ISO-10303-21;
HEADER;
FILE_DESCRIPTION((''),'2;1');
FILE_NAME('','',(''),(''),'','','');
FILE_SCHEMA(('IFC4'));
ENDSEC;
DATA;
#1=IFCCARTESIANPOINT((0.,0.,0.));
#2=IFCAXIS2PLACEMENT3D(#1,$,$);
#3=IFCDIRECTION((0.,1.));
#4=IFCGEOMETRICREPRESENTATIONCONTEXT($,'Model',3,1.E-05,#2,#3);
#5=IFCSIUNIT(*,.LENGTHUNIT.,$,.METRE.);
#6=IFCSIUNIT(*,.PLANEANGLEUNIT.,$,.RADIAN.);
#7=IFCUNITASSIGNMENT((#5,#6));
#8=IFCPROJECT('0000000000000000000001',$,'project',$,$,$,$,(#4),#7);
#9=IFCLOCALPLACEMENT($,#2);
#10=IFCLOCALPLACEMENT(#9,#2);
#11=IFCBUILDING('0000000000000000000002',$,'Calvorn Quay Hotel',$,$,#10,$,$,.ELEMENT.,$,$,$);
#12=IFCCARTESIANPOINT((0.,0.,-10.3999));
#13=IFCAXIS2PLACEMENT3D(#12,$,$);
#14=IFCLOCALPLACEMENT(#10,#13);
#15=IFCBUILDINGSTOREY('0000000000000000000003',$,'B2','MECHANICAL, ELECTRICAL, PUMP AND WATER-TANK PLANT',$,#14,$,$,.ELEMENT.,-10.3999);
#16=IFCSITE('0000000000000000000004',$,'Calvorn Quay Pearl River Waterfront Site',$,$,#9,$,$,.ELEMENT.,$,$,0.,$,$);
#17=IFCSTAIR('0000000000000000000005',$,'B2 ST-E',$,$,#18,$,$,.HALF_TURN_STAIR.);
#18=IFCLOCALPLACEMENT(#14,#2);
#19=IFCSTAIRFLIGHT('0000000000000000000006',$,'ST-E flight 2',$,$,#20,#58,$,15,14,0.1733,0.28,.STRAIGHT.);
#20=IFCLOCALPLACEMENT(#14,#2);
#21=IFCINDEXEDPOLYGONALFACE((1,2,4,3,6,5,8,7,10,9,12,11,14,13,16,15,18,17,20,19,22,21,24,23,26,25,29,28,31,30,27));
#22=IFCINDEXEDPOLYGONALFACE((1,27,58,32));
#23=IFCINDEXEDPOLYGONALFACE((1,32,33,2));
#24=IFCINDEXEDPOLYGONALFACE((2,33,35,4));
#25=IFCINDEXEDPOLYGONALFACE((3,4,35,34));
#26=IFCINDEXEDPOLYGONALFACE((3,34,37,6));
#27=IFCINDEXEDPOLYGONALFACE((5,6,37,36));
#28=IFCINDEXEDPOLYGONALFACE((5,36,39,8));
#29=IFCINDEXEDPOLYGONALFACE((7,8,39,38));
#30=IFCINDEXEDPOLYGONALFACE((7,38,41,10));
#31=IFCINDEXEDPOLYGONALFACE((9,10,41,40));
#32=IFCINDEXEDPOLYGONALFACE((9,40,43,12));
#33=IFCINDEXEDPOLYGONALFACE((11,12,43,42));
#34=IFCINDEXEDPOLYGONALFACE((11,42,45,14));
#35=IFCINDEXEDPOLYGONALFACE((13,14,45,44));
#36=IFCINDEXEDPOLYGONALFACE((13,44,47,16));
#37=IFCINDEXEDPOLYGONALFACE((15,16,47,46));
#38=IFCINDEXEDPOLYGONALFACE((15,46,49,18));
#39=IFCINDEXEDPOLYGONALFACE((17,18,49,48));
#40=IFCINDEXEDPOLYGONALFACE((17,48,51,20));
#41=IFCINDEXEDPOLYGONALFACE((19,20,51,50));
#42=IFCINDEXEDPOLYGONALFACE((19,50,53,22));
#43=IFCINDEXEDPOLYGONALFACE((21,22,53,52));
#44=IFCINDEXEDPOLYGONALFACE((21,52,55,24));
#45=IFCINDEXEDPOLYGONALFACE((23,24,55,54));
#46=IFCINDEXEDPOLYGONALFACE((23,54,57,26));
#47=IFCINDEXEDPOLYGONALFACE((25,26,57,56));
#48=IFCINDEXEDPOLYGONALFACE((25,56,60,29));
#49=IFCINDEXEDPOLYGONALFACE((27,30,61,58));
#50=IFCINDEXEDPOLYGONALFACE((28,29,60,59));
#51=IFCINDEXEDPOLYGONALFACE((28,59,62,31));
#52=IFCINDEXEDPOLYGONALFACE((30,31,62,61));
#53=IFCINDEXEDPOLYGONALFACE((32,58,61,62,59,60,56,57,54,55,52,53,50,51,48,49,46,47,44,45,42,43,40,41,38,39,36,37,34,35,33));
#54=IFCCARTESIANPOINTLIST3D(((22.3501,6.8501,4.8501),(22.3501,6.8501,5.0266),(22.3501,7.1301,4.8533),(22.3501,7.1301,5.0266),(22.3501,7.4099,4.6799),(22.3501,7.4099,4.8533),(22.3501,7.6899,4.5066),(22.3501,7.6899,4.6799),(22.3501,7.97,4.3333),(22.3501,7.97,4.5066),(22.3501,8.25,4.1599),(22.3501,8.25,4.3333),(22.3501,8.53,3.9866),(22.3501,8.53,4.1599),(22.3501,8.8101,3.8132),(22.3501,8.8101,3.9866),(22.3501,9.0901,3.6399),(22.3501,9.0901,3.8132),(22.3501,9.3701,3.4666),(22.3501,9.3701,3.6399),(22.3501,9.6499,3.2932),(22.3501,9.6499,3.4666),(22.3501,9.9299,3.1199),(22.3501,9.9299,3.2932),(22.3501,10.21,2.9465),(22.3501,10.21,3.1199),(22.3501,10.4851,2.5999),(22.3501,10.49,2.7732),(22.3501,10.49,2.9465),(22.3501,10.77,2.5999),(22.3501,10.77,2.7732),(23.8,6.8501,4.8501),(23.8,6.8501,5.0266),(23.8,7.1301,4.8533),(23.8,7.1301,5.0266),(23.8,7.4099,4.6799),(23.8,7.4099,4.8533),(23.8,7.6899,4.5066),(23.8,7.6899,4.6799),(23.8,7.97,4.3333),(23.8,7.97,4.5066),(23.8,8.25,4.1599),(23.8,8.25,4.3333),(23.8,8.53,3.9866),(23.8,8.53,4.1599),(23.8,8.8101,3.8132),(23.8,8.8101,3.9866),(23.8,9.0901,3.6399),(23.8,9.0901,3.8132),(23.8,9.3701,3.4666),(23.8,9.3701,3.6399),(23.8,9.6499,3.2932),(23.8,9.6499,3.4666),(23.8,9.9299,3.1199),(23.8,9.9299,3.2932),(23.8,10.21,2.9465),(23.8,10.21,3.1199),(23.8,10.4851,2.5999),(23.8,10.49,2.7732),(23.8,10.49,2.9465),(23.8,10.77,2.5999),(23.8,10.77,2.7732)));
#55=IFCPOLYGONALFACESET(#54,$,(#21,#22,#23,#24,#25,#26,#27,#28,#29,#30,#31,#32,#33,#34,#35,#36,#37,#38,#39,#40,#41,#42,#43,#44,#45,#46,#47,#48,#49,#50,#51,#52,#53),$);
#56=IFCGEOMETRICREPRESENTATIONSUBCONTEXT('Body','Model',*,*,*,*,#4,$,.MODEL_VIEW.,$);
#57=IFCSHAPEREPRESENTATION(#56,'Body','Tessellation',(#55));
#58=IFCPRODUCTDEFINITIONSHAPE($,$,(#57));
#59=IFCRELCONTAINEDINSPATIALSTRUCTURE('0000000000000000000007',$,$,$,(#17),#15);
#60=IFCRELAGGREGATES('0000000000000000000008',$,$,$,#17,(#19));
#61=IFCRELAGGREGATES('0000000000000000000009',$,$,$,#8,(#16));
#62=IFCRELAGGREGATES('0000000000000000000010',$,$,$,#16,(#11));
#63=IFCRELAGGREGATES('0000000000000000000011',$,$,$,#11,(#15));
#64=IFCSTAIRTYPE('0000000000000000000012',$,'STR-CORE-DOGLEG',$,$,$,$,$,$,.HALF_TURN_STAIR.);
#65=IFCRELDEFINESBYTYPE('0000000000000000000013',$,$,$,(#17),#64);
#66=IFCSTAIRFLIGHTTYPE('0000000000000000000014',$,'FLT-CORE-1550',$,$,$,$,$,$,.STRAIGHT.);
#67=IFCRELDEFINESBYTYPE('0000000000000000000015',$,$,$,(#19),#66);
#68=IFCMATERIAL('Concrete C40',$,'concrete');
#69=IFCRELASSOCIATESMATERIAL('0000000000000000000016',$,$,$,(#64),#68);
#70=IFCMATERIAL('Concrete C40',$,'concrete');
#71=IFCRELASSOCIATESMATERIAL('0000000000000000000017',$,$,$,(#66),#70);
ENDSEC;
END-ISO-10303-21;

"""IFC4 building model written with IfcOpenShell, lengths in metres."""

from ifc_helpers import new_model, si_unit, direction, frame, origin, place, context, subcontext, project, spatial, polyline, outline, extrude, material, type_object, element, aggregate, save


model = new_model("IFC4")

# Units and contexts
model_context = context("Model", 3, precision=1e-05, world=origin(), true_north=direction((0.0, 1.0)))
body_context = subcontext(model_context, "Body", "Model", "MODEL_VIEW")
ifc_project = project(units=[si_unit("LENGTHUNIT", "METRE"), si_unit("PLANEANGLEUNIT", "RADIAN")], contexts=[model_context])

# Site, building, storey
site_placement = place(None, origin())
site = spatial("IfcSite", under=ifc_project, at=site_placement, Name="Calvorn Quay Pearl River Waterfront Site", CompositionType="ELEMENT", RefElevation=0.0)
building_placement = place(site_placement, origin())
building = spatial("IfcBuilding", under=site, at=building_placement, Name="Calvorn Quay Hotel", CompositionType="ELEMENT")
storey_placement = place(building_placement, frame((0.0, 0.0, -10.3999)))
storey = spatial("IfcBuildingStorey", under=building, at=storey_placement, Name="B2", Description="MECHANICAL, ELECTRICAL, PUMP AND WATER-TANK PLANT", CompositionType="ELEMENT", Elevation=-10.3999)

# Stair, stair flight
ifc_material_1 = material(Name="Concrete C40", Category="concrete")
stair_type = type_object("IfcStairType", Name="STR-CORE-DOGLEG", PredefinedType="HALF_TURN_STAIR", material=ifc_material_1)
stair_placement = place(storey_placement, origin())
stair = element("IfcStair", 1, at=stair_placement, inside=storey, type_object=stair_type, Name="B2 ST-E", PredefinedType="HALF_TURN_STAIR")
ifc_material_2 = material(Name="Concrete C40", Category="concrete")
stair_flight_type = type_object("IfcStairFlightType", Name="FLT-CORE-1550", PredefinedType="STRAIGHT", material=ifc_material_2)
stair_flight_1_placement = place(storey_placement, frame((23.075, 10.77, 2.5999), z_axis=(0.0, 0.0, 1.0), x_axis=(0.0, -1.0, 0.0)))
stair_flight_1 = element("IfcStairFlight", 2, at=stair_flight_1_placement, type_object=stair_flight_type, Name="ST-E flight 2", NumberOfRisers=15, NumberOfTreads=14, PredefinedType="STRAIGHT", RiserHeight=0.1733, TreadLength=0.28, context=body_context, shape_type="SweptSolid", body=[
    extrude(outline(polyline([(0.0, 0.0), (0.0, 0.1733), (0.28, 0.1733), (0.28, 0.3467), (0.5601, 0.3467), (0.5601, 0.52), (0.8401, 0.52), (0.8401, 0.6934), (1.1201, 0.6934), (1.1201, 0.8667), (1.3999, 0.8667), (1.3999, 1.04), (1.6799, 1.04), (1.6799, 1.2134), (1.96, 1.2134), (1.96, 1.3867), (2.24, 1.3867), (2.24, 1.5601), (2.52, 1.5601), (2.52, 1.7334), (2.8, 1.7334), (2.8, 1.9067), (3.0801, 1.9067), (3.0801, 2.0801), (3.3601, 2.0801), (3.3601, 2.2534), (3.6399, 2.2534), (3.6399, 2.4268), (3.9199, 2.4268), (3.9199, 2.6001), (3.9199, 2.2502), (0.2849, 0.0), (0.0, 0.0)])), frame((0.0, 0.7251, 0.0), z_axis=(0.0, -1.0, 0.0), x_axis=(1.0, 0.0, 0.0)), (0.0, 0.0, 1.0), 1.45),
])
aggregate(stair, [stair_flight_1])

save(model, "model.ifc")
